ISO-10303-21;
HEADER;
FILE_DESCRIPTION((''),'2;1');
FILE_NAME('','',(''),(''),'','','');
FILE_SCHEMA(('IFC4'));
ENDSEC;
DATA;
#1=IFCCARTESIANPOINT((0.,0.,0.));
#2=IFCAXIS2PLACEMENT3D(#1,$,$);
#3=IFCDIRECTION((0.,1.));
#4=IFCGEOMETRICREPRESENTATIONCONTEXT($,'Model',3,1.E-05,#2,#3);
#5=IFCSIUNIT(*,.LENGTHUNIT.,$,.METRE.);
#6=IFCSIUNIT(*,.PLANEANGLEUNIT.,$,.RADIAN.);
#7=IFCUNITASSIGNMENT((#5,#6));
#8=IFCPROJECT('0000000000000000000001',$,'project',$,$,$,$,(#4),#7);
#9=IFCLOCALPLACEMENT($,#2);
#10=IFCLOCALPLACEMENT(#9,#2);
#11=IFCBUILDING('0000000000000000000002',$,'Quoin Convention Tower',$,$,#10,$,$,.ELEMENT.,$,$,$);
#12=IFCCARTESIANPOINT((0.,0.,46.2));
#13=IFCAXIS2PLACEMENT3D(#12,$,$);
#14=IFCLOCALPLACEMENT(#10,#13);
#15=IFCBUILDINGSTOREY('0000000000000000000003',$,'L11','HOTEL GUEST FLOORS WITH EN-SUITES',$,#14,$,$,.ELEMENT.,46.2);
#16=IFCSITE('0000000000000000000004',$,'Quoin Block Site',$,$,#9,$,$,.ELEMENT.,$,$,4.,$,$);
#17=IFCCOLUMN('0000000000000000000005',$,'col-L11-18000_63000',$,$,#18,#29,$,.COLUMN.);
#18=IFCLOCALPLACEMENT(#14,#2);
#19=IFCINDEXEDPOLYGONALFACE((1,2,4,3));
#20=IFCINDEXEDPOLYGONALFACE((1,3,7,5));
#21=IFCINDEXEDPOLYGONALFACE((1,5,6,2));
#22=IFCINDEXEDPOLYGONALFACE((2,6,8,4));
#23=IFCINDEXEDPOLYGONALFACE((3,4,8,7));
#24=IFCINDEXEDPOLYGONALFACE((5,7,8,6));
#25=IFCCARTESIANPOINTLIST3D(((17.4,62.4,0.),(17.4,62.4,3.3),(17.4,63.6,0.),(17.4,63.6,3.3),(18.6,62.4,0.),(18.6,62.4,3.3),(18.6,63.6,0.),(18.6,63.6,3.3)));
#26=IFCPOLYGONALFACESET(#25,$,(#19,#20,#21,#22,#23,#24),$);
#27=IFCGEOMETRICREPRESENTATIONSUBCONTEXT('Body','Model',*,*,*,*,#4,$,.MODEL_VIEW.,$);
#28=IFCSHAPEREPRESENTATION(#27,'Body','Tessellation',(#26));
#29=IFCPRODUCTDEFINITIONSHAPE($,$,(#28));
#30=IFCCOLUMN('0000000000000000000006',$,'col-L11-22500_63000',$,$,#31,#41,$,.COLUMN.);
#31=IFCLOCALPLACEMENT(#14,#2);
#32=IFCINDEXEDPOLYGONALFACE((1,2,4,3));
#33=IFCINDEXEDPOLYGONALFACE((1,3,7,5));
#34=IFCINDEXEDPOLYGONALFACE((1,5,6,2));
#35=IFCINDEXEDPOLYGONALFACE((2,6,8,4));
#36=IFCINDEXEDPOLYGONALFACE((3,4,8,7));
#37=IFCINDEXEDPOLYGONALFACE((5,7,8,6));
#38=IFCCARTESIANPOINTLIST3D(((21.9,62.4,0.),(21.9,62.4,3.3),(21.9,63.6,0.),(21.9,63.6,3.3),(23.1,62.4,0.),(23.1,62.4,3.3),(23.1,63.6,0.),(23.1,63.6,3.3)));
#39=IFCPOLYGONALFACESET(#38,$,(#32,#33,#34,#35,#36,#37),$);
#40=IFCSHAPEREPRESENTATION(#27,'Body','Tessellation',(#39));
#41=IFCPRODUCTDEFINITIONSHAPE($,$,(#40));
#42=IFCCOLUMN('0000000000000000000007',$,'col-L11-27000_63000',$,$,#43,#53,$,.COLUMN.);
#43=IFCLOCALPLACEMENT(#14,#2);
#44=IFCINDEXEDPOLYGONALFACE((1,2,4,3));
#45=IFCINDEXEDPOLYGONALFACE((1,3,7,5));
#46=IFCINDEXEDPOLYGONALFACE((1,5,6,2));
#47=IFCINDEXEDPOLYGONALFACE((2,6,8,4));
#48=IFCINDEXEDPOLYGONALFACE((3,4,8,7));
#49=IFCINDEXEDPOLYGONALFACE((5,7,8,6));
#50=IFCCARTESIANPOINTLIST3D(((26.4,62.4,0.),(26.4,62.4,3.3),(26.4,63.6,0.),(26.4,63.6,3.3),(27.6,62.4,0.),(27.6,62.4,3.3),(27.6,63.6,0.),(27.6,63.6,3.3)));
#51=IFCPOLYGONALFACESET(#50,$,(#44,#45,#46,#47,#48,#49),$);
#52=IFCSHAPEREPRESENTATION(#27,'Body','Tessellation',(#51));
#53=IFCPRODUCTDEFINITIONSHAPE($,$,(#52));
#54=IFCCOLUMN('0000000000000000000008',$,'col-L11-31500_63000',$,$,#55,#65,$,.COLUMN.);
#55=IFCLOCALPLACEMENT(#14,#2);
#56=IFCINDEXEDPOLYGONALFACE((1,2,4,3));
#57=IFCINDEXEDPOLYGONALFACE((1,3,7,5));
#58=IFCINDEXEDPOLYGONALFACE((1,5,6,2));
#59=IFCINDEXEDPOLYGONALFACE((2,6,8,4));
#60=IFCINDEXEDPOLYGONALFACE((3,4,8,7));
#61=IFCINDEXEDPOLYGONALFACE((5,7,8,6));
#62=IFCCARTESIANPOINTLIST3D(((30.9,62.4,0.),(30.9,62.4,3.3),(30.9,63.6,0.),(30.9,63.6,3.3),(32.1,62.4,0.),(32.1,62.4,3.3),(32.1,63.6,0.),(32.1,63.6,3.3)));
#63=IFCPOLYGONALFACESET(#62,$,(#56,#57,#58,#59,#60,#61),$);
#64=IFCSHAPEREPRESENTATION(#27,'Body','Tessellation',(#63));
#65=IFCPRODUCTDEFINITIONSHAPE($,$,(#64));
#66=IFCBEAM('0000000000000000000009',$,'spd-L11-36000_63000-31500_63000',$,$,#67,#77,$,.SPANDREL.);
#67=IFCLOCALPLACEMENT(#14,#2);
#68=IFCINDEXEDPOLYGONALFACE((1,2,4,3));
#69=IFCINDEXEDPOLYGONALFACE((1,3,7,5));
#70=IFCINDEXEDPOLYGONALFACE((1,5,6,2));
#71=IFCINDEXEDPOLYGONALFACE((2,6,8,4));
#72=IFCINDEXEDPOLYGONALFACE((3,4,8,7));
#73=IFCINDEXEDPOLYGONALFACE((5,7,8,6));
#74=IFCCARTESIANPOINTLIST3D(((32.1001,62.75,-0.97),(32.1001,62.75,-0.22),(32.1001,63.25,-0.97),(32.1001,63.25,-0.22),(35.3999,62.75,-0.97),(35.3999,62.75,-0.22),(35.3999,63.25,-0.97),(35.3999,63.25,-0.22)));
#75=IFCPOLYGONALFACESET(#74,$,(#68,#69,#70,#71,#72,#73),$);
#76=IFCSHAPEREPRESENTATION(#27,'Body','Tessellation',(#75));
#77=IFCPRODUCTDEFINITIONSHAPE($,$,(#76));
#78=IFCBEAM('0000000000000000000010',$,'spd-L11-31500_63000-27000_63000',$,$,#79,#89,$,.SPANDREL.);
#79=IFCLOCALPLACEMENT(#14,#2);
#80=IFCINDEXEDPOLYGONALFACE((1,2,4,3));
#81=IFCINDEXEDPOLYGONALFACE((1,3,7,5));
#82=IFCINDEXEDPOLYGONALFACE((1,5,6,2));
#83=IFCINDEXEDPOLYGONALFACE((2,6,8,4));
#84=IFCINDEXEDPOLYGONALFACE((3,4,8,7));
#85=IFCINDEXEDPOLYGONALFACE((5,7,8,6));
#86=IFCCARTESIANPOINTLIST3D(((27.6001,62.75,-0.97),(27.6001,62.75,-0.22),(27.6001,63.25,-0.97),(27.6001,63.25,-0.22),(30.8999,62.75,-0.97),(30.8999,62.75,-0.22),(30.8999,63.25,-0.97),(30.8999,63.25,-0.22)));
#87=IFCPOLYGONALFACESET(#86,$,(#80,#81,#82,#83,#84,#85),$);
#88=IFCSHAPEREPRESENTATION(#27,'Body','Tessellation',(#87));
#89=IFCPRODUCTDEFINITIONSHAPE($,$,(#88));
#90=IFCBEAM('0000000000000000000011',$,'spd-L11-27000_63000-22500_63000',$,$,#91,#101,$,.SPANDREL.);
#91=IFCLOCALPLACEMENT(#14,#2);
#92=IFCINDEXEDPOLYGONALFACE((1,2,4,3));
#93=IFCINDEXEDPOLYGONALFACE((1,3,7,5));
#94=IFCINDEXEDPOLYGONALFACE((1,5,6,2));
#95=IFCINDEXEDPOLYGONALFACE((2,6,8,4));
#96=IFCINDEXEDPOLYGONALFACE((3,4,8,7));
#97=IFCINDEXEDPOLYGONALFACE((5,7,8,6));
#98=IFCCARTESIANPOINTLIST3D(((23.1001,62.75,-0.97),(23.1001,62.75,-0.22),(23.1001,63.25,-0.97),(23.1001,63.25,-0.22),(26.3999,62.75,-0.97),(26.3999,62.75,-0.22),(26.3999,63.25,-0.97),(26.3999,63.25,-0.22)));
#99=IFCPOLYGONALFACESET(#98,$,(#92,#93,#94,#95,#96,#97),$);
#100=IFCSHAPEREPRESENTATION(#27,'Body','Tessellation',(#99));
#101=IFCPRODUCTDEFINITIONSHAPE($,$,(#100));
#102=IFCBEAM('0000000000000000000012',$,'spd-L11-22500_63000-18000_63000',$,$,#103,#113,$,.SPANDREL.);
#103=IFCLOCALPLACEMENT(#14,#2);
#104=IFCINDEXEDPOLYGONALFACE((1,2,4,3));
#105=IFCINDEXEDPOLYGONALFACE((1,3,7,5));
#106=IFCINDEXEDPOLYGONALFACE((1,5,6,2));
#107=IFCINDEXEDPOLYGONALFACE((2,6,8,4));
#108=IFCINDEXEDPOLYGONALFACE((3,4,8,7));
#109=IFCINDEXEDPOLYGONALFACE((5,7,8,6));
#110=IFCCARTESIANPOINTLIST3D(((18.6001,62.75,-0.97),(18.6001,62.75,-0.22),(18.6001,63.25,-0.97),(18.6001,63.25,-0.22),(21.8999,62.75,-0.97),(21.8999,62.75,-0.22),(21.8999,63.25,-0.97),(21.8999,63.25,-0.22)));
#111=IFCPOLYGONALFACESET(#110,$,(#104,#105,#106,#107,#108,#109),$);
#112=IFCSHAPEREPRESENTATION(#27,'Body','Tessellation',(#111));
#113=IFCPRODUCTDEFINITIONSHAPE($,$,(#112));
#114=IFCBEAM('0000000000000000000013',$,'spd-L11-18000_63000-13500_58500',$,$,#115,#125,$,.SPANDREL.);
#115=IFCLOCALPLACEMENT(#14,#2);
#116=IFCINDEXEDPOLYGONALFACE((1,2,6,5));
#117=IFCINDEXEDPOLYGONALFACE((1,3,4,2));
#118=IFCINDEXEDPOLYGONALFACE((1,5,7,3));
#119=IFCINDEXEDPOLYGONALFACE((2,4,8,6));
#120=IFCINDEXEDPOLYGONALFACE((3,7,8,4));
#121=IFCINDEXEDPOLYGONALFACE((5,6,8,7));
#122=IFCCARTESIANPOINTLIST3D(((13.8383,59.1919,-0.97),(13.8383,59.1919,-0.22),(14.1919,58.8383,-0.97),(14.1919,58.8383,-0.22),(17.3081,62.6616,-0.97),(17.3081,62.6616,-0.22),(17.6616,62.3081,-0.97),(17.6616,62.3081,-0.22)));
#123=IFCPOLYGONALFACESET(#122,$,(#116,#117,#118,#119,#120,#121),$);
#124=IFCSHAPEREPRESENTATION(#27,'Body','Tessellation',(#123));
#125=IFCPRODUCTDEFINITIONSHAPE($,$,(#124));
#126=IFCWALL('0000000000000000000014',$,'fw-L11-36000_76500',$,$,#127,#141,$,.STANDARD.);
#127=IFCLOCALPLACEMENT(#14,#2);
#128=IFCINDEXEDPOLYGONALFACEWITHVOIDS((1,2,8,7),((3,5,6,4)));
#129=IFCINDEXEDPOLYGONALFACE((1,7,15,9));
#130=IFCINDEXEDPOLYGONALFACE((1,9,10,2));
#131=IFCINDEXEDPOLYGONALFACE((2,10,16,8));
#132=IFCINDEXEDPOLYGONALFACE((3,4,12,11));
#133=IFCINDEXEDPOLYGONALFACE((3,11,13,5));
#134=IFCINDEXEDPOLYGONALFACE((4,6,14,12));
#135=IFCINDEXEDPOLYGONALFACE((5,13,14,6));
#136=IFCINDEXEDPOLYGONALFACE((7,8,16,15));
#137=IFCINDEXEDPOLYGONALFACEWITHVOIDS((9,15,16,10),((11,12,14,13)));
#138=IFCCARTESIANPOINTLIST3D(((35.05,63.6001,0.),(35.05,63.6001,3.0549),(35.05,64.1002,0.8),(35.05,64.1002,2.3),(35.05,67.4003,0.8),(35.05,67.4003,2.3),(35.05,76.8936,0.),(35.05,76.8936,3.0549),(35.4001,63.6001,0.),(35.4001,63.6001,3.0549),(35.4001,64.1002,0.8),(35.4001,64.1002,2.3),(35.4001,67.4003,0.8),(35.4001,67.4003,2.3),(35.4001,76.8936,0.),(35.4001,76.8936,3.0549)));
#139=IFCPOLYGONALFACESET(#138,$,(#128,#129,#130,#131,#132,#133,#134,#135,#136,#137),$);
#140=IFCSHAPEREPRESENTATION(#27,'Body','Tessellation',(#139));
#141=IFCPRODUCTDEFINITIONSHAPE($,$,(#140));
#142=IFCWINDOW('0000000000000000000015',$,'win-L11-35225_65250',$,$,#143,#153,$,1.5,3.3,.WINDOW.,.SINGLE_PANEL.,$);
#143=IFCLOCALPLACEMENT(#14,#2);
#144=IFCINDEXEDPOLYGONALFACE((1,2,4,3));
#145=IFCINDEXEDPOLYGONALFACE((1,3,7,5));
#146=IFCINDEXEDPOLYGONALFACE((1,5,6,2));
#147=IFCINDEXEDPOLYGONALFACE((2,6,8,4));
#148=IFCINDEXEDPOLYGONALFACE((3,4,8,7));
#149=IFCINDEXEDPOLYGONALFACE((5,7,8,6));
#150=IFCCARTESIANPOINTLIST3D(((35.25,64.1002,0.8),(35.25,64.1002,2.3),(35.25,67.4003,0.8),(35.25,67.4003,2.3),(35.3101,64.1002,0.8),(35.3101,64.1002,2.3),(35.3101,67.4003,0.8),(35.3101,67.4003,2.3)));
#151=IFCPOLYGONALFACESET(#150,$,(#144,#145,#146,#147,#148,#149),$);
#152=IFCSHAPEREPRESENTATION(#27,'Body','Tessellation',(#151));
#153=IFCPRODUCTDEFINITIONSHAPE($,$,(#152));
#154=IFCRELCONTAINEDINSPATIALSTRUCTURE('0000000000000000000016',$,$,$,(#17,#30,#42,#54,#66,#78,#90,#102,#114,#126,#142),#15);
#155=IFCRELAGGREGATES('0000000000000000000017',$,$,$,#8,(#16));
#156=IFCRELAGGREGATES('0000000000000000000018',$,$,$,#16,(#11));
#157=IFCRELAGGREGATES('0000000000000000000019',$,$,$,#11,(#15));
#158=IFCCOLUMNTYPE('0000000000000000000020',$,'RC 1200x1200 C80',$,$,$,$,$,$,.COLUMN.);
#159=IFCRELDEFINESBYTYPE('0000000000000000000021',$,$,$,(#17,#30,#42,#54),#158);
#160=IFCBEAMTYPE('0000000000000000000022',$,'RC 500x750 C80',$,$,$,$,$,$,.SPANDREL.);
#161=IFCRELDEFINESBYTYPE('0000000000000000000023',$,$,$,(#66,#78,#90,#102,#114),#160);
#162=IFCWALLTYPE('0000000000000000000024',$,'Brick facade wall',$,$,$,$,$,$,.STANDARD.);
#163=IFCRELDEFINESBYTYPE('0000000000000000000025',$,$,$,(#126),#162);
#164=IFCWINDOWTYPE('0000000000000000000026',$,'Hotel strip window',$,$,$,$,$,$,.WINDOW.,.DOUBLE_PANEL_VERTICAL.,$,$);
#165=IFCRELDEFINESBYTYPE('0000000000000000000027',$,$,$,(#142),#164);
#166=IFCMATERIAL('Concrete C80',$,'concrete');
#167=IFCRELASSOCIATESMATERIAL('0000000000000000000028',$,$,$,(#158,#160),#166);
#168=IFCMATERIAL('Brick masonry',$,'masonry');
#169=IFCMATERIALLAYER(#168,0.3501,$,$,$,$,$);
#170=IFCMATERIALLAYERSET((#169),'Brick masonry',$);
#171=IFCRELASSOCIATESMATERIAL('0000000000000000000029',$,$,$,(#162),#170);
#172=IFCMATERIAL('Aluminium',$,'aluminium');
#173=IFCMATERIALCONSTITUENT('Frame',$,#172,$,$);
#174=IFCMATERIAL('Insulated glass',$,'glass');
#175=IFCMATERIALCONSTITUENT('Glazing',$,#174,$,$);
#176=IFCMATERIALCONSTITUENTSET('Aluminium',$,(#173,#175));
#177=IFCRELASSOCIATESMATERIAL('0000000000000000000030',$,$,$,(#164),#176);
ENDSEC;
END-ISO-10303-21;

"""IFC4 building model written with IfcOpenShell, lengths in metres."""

from ifc_helpers import new_model, si_unit, direction, frame, frame_2d, origin, origin_2d, place, context, subcontext, project, spatial, rectangle, extrude, material, layer, layer_set, constituent, constituent_set, material_profile, profile_set, type_object, element, fill, save


model = new_model("IFC4")

# Units and contexts
model_context = context("Model", 3, precision=1e-05, world=origin(), true_north=direction((0.0, 1.0)))
body_context = subcontext(model_context, "Body", "Model", "MODEL_VIEW")
ifc_project = project(units=[si_unit("LENGTHUNIT", "METRE"), si_unit("PLANEANGLEUNIT", "RADIAN")], contexts=[model_context])

# Site, building, storey
site_placement = place(None, origin())
site = spatial("IfcSite", under=ifc_project, at=site_placement, Name="Quoin Block Site", CompositionType="ELEMENT", RefElevation=4.0)
building_placement = place(site_placement, origin())
building = spatial("IfcBuilding", under=site, at=building_placement, Name="Quoin Convention Tower", CompositionType="ELEMENT")
storey_placement = place(building_placement, frame((0.0, 0.0, 46.2)))
storey = spatial("IfcBuildingStorey", under=building, at=storey_placement, Name="L11", Description="HOTEL GUEST FLOORS WITH EN-SUITES", CompositionType="ELEMENT", Elevation=46.2)

# Columns
ifc_material_1 = material(Name="Concrete C80", Category="concrete")
ifc_material_profile_1 = material_profile(ifc_material_1, rectangle(XDim=1.2, YDim=1.2, at=origin_2d()), Name="RC 1200x1200")
ifc_profile_set_1 = profile_set([ifc_material_profile_1], Name="Concrete C80")
column_type = type_object("IfcColumnType", Name="RC 1200x1200 C80", PredefinedType="COLUMN", material=ifc_profile_set_1)
for number, where, z_axis, x_axis, name in (
    (1, (18.0, 63.0, 0.0), (0.0, 0.0, 1.0), (1.0, 0.0, 0.0), "col-L11-18000_63000"),
    (2, (22.5, 63.0, 0.0), (0.0, 0.0, 1.0), (1.0, 0.0, 0.0), "col-L11-22500_63000"),
    (3, (27.0, 63.0, 0.0), (0.0, 0.0, 1.0), (1.0, 0.0, 0.0), "col-L11-27000_63000"),
    (4, (31.5, 63.0, 0.0), (0.0, 0.0, 1.0), (1.0, 0.0, 0.0), "col-L11-31500_63000"),
):
    element("IfcColumn", number, at=place(storey_placement, frame(where, z_axis=z_axis, x_axis=x_axis)), inside=storey, type_object=column_type, Name=name, PredefinedType="COLUMN", context=body_context, shape_type="SweptSolid", body=[
        extrude(rectangle(XDim=1.2, YDim=1.2, at=origin_2d()), origin(), (0.0, 0.0, 1.0), 3.3),
    ])

# Beams
ifc_material_profile_2 = material_profile(ifc_material_1, rectangle(XDim=0.5, YDim=0.75, at=origin_2d()), Name="RC 500x750")
ifc_profile_set_2 = profile_set([ifc_material_profile_2], Name="Concrete C80")
beam_type = type_object("IfcBeamType", Name="RC 500x750 C80", PredefinedType="SPANDREL", material=ifc_profile_set_2)
for number, where, z_axis, x_axis, name in (
    (5, (35.3999, 63.0, -0.595), (-1.0, 0.0, 0.0), (0.0, -1.0, 0.0), "spd-L11-36000_63000-31500_63000"),
    (6, (30.8999, 63.0, -0.595), (-1.0, 0.0, 0.0), (0.0, -1.0, 0.0), "spd-L11-31500_63000-27000_63000"),
    (7, (26.3999, 63.0, -0.595), (-1.0, 0.0, 0.0), (0.0, -1.0, 0.0), "spd-L11-27000_63000-22500_63000"),
    (8, (21.8999, 63.0, -0.595), (-1.0, 0.0, 0.0), (0.0, -1.0, 0.0), "spd-L11-22500_63000-18000_63000"),
):
    element("IfcBeam", number, at=place(storey_placement, frame(where, z_axis=z_axis, x_axis=x_axis)), inside=storey, type_object=beam_type, Name=name, PredefinedType="SPANDREL", context=body_context, shape_type="SweptSolid", body=[
        extrude(rectangle(XDim=0.5, YDim=0.75, at=origin_2d()), origin(), (0.0, 0.0, 1.0), 3.2998),
    ])
beam_placement = place(storey_placement, frame((17.4849, 62.4849, -0.595), z_axis=(-0.707107, -0.707107, 0.0), x_axis=(0.707107, -0.707107, 0.0)))
element("IfcBeam", 9, at=beam_placement, inside=storey, type_object=beam_type, Name="spd-L11-18000_63000-13500_58500", PredefinedType="SPANDREL", context=body_context, shape_type="SweptSolid", body=[
    extrude(rectangle(XDim=0.5, YDim=0.75, at=origin_2d()), origin(), (0.0, 0.0, 1.0), 4.907),
])

# Wall, opening, window
ifc_material_2 = material(Name="Brick masonry", Category="masonry")
ifc_layer_1 = layer(ifc_material_2, 0.3501)
ifc_layer_set_1 = layer_set([ifc_layer_1], Name="Brick masonry")
wall_type_1 = type_object("IfcWallType", Name="Brick facade wall", PredefinedType="STANDARD", material=ifc_layer_set_1)
wall_1_placement = place(storey_placement, frame((35.2251, 76.8936, 0.0), z_axis=(0.0, 0.0, 1.0), x_axis=(0.0, -1.0, 0.0)))
wall_1 = element("IfcWall", 10, at=wall_1_placement, inside=storey, type_object=wall_type_1, Name="fw-L11-36000_76500", PredefinedType="STANDARD", context=body_context, shape_type="SweptSolid", body=[
    extrude(rectangle(XDim=13.2935, YDim=0.3501, at=frame_2d((6.6467, 0.0))), origin(), (0.0, 0.0, 1.0), 3.0549),
])
opening_1_placement = place(wall_1_placement, frame((9.4934, 0.0, 0.8)))
opening_1 = element("IfcOpeningElement", 11, at=opening_1_placement, cuts=wall_1, PredefinedType="OPENING", context=body_context, shape_type="SweptSolid", body=[
    extrude(rectangle(XDim=3.3, YDim=1.5, at=frame_2d((1.6499, 0.75))), frame((0.0, 0.1851, 0.0), z_axis=(0.0, -1.0, 0.0), x_axis=(1.0, 0.0, 0.0)), (0.0, 0.0, 1.0), 0.3701),
])
ifc_material_3 = material(Name="Aluminium", Category="aluminium")
ifc_constituent_1 = constituent(ifc_material_3, Name="Frame")
ifc_material_4 = material(Name="Insulated glass", Category="glass")
ifc_constituent_2 = constituent(ifc_material_4, Name="Glazing")
ifc_constituent_set = constituent_set(constituents=[ifc_constituent_1, ifc_constituent_2], Name="Aluminium")
window_type = type_object("IfcWindowType", Name="Hotel strip window", PartitioningType="DOUBLE_PANEL_VERTICAL", PredefinedType="WINDOW", material=ifc_constituent_set)
window_1_placement = place(opening_1_placement, origin())
window_1 = element("IfcWindow", 12, at=window_1_placement, inside=storey, type_object=window_type, Name="win-L11-35225_65250", OverallHeight=1.5, OverallWidth=3.3, PartitioningType="SINGLE_PANEL", PredefinedType="WINDOW", context=body_context, shape_type="SweptSolid", body=[
    extrude(rectangle(XDim=3.3, YDim=1.5, at=frame_2d((1.6499, 0.75))), frame((0.0, 0.085, 0.0), z_axis=(0.0, -1.0, 0.0), x_axis=(1.0, 0.0, 0.0)), (0.0, 0.0, 1.0), 0.0601),
])
fill(opening_1, window_1)

save(model, "model.ifc")
